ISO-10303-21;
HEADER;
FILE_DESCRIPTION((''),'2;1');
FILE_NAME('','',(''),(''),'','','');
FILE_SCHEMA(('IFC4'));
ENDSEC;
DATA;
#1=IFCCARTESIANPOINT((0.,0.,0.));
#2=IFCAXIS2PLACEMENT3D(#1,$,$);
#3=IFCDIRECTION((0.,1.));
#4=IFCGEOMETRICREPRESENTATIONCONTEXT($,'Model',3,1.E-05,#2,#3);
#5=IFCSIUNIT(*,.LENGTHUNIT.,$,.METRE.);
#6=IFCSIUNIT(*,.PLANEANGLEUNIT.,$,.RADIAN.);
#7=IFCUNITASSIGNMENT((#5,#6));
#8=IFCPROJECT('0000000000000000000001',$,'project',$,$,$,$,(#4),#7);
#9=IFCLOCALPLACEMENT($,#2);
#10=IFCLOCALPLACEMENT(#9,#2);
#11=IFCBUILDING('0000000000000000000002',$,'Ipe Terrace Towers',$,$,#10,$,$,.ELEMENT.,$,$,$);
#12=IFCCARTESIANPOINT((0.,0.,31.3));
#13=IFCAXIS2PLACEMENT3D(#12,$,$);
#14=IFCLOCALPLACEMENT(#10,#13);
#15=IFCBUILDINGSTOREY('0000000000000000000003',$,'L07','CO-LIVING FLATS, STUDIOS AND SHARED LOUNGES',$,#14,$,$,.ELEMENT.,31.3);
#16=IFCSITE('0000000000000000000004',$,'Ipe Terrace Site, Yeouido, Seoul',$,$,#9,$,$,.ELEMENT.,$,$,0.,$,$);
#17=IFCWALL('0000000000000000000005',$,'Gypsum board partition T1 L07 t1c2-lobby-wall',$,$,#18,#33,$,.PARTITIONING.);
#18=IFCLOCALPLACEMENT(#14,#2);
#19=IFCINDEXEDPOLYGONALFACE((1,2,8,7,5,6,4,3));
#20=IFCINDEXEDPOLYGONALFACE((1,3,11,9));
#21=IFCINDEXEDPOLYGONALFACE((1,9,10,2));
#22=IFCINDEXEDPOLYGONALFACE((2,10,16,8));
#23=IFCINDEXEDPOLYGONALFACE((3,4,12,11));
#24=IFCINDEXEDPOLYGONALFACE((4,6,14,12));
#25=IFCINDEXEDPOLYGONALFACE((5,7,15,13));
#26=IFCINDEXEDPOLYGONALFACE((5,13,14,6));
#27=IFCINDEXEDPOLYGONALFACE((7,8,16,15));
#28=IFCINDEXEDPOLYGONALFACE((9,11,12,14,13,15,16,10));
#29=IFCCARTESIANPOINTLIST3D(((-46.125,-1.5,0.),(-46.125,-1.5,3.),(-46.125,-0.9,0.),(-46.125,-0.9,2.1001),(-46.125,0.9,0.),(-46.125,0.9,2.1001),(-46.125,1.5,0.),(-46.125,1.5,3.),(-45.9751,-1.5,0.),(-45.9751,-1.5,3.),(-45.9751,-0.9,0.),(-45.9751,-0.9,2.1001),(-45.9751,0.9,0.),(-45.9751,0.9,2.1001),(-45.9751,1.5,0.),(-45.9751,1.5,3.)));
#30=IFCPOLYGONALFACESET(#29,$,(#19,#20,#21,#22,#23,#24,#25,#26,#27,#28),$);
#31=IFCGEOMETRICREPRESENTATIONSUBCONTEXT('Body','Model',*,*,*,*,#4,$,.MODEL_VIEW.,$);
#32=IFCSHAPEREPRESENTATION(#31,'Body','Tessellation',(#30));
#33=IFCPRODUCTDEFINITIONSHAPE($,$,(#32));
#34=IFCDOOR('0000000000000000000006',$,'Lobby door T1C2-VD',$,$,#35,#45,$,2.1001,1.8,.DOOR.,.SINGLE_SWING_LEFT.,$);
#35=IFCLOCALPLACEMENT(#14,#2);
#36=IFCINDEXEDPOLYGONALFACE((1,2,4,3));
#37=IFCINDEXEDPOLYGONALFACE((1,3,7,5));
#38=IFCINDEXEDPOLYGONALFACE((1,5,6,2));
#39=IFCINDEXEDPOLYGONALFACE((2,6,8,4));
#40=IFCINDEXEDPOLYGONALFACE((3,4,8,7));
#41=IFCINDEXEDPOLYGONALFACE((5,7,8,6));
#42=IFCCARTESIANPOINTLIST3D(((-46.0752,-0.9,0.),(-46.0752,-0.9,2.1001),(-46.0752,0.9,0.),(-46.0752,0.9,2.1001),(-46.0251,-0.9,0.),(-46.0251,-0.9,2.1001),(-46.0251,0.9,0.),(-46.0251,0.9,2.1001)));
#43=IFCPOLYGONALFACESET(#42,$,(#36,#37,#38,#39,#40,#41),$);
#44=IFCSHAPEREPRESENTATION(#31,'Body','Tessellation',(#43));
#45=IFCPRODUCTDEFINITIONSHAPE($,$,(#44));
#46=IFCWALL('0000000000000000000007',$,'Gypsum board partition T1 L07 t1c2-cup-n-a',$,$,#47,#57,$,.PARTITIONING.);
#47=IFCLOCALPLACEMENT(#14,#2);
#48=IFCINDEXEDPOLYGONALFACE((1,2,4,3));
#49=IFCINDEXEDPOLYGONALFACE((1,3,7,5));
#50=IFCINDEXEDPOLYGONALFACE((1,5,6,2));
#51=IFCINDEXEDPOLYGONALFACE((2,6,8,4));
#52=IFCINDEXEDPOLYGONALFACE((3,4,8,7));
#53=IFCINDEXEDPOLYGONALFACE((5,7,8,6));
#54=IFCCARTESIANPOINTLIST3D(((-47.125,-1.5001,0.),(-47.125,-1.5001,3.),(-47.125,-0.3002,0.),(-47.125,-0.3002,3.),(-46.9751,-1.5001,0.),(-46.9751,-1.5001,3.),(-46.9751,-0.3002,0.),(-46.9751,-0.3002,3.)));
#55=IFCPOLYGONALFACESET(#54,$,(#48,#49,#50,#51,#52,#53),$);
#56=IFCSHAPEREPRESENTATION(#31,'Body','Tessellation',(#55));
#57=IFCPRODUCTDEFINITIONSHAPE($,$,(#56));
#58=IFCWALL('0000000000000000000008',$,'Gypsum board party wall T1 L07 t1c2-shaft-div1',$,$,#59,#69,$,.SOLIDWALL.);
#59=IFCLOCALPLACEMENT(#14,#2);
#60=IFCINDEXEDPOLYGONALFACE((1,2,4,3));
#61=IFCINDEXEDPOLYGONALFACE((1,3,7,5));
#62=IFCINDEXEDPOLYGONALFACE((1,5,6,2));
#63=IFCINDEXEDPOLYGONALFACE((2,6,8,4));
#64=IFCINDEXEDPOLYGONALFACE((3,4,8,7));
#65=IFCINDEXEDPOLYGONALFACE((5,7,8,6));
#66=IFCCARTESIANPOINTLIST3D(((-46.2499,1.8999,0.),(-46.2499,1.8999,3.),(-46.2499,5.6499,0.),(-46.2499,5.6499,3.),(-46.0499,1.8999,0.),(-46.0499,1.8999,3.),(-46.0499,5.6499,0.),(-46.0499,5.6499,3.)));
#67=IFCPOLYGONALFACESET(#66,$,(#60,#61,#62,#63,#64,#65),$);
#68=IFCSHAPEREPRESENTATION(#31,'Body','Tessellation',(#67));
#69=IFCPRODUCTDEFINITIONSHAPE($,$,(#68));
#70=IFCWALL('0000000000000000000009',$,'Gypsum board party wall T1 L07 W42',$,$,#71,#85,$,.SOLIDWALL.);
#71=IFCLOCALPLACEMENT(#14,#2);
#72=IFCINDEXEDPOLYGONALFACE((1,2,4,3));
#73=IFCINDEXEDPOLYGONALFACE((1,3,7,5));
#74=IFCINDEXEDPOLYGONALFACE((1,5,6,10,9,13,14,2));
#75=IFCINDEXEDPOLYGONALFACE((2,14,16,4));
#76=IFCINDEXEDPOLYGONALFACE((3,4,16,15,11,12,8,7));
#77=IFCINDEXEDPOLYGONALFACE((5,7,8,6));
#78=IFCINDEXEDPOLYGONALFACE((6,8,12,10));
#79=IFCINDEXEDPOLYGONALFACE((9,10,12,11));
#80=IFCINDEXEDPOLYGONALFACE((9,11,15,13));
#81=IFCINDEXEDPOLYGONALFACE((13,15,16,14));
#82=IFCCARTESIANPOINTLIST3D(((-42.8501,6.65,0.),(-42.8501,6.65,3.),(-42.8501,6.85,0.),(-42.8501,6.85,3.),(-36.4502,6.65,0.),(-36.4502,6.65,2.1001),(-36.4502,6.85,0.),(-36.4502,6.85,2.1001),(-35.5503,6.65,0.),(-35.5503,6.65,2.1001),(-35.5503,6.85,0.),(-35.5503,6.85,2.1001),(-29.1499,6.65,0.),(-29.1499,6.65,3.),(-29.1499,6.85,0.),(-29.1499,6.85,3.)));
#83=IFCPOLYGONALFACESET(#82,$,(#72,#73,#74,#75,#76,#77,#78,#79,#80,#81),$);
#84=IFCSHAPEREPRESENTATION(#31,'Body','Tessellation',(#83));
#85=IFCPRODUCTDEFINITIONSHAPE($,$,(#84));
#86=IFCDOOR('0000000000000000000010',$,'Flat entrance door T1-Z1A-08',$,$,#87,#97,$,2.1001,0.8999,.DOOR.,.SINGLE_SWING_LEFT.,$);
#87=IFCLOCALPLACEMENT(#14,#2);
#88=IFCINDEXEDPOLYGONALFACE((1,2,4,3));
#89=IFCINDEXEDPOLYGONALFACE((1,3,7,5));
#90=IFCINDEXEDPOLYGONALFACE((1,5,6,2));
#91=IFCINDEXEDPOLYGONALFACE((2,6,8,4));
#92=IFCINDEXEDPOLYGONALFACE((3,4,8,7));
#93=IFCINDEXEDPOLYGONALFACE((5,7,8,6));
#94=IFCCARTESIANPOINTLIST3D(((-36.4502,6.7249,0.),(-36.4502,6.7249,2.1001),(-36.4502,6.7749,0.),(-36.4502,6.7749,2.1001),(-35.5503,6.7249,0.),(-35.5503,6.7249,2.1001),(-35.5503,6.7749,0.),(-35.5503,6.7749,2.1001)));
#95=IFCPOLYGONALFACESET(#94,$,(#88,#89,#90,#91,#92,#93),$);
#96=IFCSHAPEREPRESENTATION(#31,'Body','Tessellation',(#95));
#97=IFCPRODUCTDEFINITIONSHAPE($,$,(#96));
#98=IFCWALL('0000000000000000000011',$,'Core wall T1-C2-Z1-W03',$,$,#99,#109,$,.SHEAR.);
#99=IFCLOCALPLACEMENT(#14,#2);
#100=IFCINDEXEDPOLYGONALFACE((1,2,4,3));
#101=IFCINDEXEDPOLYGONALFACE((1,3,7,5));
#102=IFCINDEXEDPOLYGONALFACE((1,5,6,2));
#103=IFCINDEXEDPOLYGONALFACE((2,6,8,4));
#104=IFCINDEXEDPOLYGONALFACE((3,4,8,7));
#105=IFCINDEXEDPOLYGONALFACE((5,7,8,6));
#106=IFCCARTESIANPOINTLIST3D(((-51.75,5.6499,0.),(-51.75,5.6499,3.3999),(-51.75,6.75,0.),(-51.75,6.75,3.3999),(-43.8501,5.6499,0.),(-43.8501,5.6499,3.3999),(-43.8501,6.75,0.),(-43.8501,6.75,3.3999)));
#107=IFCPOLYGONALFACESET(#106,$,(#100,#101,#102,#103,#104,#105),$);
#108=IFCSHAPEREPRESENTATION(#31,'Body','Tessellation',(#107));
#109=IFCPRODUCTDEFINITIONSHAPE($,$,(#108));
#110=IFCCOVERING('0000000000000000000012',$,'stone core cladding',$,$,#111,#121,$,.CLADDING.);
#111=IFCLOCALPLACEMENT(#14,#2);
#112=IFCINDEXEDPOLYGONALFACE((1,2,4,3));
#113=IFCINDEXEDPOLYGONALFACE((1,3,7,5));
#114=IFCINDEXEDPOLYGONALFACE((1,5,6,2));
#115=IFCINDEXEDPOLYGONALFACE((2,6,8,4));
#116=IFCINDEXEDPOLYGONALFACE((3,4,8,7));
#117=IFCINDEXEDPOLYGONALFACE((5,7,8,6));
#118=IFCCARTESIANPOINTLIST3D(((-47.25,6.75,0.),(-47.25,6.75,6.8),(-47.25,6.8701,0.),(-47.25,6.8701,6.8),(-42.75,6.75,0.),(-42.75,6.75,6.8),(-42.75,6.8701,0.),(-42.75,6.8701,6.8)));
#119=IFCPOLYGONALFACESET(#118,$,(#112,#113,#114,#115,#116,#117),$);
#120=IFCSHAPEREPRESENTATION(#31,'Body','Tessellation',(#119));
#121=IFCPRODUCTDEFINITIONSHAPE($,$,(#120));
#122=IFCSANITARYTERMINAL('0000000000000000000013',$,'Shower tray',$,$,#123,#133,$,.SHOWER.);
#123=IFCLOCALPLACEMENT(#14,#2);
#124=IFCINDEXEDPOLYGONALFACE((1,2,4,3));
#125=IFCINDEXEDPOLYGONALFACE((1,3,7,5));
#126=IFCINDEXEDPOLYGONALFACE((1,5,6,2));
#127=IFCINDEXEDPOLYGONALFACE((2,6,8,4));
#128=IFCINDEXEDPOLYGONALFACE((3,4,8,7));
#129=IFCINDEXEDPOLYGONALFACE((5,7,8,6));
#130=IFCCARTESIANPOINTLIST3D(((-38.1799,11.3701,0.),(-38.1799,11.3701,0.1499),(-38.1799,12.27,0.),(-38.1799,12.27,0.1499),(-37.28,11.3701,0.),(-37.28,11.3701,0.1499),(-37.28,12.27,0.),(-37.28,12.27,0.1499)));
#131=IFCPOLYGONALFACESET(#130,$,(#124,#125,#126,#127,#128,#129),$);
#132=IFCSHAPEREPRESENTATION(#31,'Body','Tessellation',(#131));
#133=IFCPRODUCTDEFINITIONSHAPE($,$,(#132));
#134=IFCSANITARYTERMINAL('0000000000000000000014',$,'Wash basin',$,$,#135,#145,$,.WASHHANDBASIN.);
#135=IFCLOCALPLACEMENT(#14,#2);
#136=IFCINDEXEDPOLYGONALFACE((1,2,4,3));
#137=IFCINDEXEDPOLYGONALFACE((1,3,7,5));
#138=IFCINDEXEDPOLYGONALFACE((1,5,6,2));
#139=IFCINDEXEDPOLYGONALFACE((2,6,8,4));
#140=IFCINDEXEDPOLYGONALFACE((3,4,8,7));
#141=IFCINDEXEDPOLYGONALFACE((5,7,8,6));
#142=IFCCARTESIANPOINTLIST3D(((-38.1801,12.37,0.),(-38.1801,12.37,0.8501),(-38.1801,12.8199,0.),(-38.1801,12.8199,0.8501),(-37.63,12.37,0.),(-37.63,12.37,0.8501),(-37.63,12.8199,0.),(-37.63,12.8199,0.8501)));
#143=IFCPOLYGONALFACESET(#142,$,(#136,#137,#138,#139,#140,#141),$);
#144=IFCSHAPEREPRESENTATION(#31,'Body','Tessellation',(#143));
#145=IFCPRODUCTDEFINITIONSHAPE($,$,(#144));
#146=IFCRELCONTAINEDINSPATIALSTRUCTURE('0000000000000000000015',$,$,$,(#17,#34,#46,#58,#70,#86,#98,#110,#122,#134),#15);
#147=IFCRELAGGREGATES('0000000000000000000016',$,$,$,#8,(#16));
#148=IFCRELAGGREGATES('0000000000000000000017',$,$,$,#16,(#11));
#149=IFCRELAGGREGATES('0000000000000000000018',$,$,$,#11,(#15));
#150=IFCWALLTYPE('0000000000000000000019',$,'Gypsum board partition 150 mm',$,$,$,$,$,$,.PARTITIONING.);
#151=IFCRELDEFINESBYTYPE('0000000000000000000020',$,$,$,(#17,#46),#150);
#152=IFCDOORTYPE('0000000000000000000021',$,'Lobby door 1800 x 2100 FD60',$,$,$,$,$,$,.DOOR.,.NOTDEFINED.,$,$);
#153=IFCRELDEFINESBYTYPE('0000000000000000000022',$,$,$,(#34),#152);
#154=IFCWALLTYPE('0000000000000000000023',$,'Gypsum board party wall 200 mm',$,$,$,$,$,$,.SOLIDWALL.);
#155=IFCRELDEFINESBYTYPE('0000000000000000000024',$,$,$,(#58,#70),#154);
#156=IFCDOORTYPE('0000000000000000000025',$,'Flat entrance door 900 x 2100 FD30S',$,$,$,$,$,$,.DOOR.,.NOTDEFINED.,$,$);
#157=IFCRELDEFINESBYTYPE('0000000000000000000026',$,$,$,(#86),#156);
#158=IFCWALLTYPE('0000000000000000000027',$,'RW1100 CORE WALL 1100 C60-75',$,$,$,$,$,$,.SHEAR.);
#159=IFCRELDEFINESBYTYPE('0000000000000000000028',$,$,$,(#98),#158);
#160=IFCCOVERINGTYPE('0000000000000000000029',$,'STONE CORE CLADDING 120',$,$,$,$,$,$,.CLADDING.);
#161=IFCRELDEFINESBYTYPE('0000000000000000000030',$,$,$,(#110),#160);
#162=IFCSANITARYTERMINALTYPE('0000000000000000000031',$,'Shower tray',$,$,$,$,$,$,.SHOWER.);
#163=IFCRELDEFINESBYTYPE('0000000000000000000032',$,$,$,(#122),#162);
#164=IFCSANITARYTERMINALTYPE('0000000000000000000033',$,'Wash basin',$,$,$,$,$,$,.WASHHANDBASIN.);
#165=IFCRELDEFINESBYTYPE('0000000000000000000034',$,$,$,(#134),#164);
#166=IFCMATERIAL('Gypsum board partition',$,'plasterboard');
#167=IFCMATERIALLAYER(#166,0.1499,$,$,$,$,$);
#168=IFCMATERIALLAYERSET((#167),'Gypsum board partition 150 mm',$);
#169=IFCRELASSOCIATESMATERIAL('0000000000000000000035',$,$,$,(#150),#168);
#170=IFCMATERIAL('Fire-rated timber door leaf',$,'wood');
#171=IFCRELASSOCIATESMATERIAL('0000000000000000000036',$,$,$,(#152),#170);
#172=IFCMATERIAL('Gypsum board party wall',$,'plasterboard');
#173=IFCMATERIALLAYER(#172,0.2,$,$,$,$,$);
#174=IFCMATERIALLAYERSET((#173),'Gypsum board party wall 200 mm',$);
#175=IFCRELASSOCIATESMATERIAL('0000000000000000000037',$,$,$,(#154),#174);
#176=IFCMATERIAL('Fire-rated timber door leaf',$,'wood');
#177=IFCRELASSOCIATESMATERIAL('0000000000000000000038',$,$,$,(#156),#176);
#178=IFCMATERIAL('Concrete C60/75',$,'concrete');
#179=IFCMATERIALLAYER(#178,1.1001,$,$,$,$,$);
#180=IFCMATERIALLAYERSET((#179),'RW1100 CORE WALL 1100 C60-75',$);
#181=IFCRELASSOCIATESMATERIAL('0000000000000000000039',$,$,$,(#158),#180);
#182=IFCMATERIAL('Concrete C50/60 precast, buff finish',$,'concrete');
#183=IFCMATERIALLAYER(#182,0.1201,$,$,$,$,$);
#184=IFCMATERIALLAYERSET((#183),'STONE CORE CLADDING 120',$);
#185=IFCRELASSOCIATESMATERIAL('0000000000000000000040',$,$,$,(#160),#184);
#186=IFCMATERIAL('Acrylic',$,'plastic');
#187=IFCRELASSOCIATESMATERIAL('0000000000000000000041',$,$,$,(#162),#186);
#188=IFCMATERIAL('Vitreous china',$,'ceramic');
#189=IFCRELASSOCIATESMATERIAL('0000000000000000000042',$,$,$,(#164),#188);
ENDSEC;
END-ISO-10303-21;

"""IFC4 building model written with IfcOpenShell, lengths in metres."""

from ifc_helpers import new_model, si_unit, direction, frame, frame_2d, origin, origin_2d, place, context, subcontext, project, spatial, rectangle, extrude, material, layer, layer_set, type_object, element, fill, save


model = new_model("IFC4")

# Units and contexts
model_context = context("Model", 3, precision=1e-05, world=origin(), true_north=direction((0.0, 1.0)))
body_context = subcontext(model_context, "Body", "Model", "MODEL_VIEW")
ifc_project = project(units=[si_unit("LENGTHUNIT", "METRE"), si_unit("PLANEANGLEUNIT", "RADIAN")], contexts=[model_context])

# Site, building, storey
site_placement = place(None, origin())
site = spatial("IfcSite", under=ifc_project, at=site_placement, Name="Ipe Terrace Site, Yeouido, Seoul", CompositionType="ELEMENT", RefElevation=0.0)
building_placement = place(site_placement, origin())
building = spatial("IfcBuilding", under=site, at=building_placement, Name="Ipe Terrace Towers", CompositionType="ELEMENT")
storey_placement = place(building_placement, frame((0.0, 0.0, 31.3)))
storey = spatial("IfcBuildingStorey", under=building, at=storey_placement, Name="L07", Description="CO-LIVING FLATS, STUDIOS AND SHARED LOUNGES", CompositionType="ELEMENT", Elevation=31.3)

# Wall, opening, door
ifc_material_1 = material(Name="Gypsum board partition", Category="plasterboard")
ifc_layer_1 = layer(ifc_material_1, 0.1499)
ifc_layer_set_1 = layer_set([ifc_layer_1], Name="Gypsum board partition 150 mm")
wall_type_1 = type_object("IfcWallType", Name="Gypsum board partition 150 mm", PredefinedType="PARTITIONING", material=ifc_layer_set_1)
wall_1_placement = place(storey_placement, frame((-46.05, 1.5, 0.0), z_axis=(0.0, 0.0, 1.0), x_axis=(0.0, -1.0, 0.0)))
wall_1 = element("IfcWall", 1, at=wall_1_placement, inside=storey, type_object=wall_type_1, Name="Gypsum board partition T1 L07 t1c2-lobby-wall", PredefinedType="PARTITIONING", context=body_context, shape_type="SweptSolid", body=[
    extrude(rectangle(XDim=3.0, YDim=0.1499, at=frame_2d((1.5, 0.0))), origin(), (0.0, 0.0, 1.0), 3.0),
])
opening_1_placement = place(wall_1_placement, frame((0.6001, 0.0, 0.0)))
opening_1 = element("IfcOpeningElement", 2, at=opening_1_placement, cuts=wall_1, PredefinedType="OPENING", context=body_context, shape_type="SweptSolid", body=[
    extrude(rectangle(XDim=1.8, YDim=2.1001, at=frame_2d((0.8999, 1.05))), frame((0.0, 0.085, 0.0), z_axis=(0.0, -1.0, 0.0), x_axis=(1.0, 0.0, 0.0)), (0.0, 0.0, 1.0), 0.1699),
])
ifc_material_2 = material(Name="Fire-rated timber door leaf", Category="wood")
door_type_1 = type_object("IfcDoorType", Name="Lobby door 1800 x 2100 FD60", OperationType="NOTDEFINED", PredefinedType="DOOR", material=ifc_material_2)
door_1_placement = place(opening_1_placement, origin())
door_1 = element("IfcDoor", 3, at=door_1_placement, inside=storey, type_object=door_type_1, Name="Lobby door T1C2-VD", OperationType="SINGLE_SWING_LEFT", OverallHeight=2.1001, OverallWidth=1.8, PredefinedType="DOOR", context=body_context, shape_type="SweptSolid", body=[
    extrude(rectangle(XDim=1.8, YDim=2.1001, at=frame_2d((0.8999, 1.05))), frame((0.0, 0.0249, 0.0), z_axis=(0.0, -1.0, 0.0), x_axis=(1.0, 0.0, 0.0)), (0.0, 0.0, 1.0), 0.05),
])
fill(opening_1, door_1)

# Walls
wall_2_placement = place(storey_placement, frame((-47.05, -0.3, 0.0), z_axis=(0.0, 0.0, 1.0), x_axis=(0.0, -1.0, 0.0)))
element("IfcWall", 4, at=wall_2_placement, inside=storey, type_object=wall_type_1, Name="Gypsum board partition T1 L07 t1c2-cup-n-a", PredefinedType="PARTITIONING", context=body_context, shape_type="SweptSolid", body=[
    extrude(rectangle(XDim=1.2, YDim=0.1499, at=frame_2d((0.6001, 0.0))), origin(), (0.0, 0.0, 1.0), 3.0),
])
ifc_material_3 = material(Name="Gypsum board party wall", Category="plasterboard")
ifc_layer_2 = layer(ifc_material_3, 0.2)
ifc_layer_set_2 = layer_set([ifc_layer_2], Name="Gypsum board party wall 200 mm")
wall_type_2 = type_object("IfcWallType", Name="Gypsum board party wall 200 mm", PredefinedType="SOLIDWALL", material=ifc_layer_set_2)
wall_3_placement = place(storey_placement, frame((-46.1499, 5.6499, 0.0), z_axis=(0.0, 0.0, 1.0), x_axis=(0.0, -1.0, 0.0)))
element("IfcWall", 5, at=wall_3_placement, inside=storey, type_object=wall_type_2, Name="Gypsum board party wall T1 L07 t1c2-shaft-div1", PredefinedType="SOLIDWALL", context=body_context, shape_type="SweptSolid", body=[
    extrude(rectangle(XDim=3.75, YDim=0.2, at=frame_2d((1.875, 0.0))), origin(), (0.0, 0.0, 1.0), 3.0),
])

# Wall, opening, door
wall_4_placement = place(storey_placement, frame((-42.8501, 6.75, 0.0), z_axis=(0.0, 0.0, 1.0), x_axis=(1.0, 0.0, 0.0)))
wall_4 = element("IfcWall", 6, at=wall_4_placement, inside=storey, type_object=wall_type_2, Name="Gypsum board party wall T1 L07 W42", PredefinedType="SOLIDWALL", context=body_context, shape_type="SweptSolid", body=[
    extrude(rectangle(XDim=13.7002, YDim=0.2, at=frame_2d((6.8501, 0.0))), origin(), (0.0, 0.0, 1.0), 3.0),
])
opening_2_placement = place(wall_4_placement, frame((6.3999, 0.0, 0.0)))
opening_2 = element("IfcOpeningElement", 7, at=opening_2_placement, cuts=wall_4, PredefinedType="OPENING", context=body_context, shape_type="SweptSolid", body=[
    extrude(rectangle(XDim=0.8999, YDim=2.1001, at=frame_2d((0.45, 1.05))), frame((0.0, 0.1099, 0.0), z_axis=(0.0, -1.0, 0.0), x_axis=(1.0, 0.0, 0.0)), (0.0, 0.0, 1.0), 0.22),
])
ifc_material_4 = material(Name="Fire-rated timber door leaf", Category="wood")
door_type_2 = type_object("IfcDoorType", Name="Flat entrance door 900 x 2100 FD30S", OperationType="NOTDEFINED", PredefinedType="DOOR", material=ifc_material_4)
door_2_placement = place(opening_2_placement, origin())
door_2 = element("IfcDoor", 8, at=door_2_placement, inside=storey, type_object=door_type_2, Name="Flat entrance door T1-Z1A-08", OperationType="SINGLE_SWING_LEFT", OverallHeight=2.1001, OverallWidth=0.8999, PredefinedType="DOOR", context=body_context, shape_type="SweptSolid", body=[
    extrude(rectangle(XDim=0.8999, YDim=2.1001, at=frame_2d((0.45, 1.05))), frame((0.0, 0.0249, 0.0), z_axis=(0.0, -1.0, 0.0), x_axis=(1.0, 0.0, 0.0)), (0.0, 0.0, 1.0), 0.05),
])
fill(opening_2, door_2)

# Wall
ifc_material_5 = material(Name="Concrete C60/75", Category="concrete")
ifc_layer_3 = layer(ifc_material_5, 1.1001)
ifc_layer_set_3 = layer_set([ifc_layer_3], Name="RW1100 CORE WALL 1100 C60-75")
wall_type_3 = type_object("IfcWallType", Name="RW1100 CORE WALL 1100 C60-75", PredefinedType="SHEAR", material=ifc_layer_set_3)
wall_5_placement = place(storey_placement, frame((-43.8501, 6.2, 0.0), z_axis=(0.0, 0.0, 1.0), x_axis=(-1.0, 0.0, 0.0)))
element("IfcWall", 9, at=wall_5_placement, inside=storey, type_object=wall_type_3, Name="Core wall T1-C2-Z1-W03", PredefinedType="SHEAR", context=body_context, shape_type="SweptSolid", body=[
    extrude(rectangle(XDim=7.8999, YDim=1.1001, at=frame_2d((3.95, 0.0))), origin(), (0.0, 0.0, 1.0), 3.3999),
])

# Covering
ifc_material_6 = material(Name="Concrete C50/60 precast, buff finish", Category="concrete")
ifc_layer_4 = layer(ifc_material_6, 0.1201)
ifc_layer_set_4 = layer_set([ifc_layer_4], Name="STONE CORE CLADDING 120")
covering_type = type_object("IfcCoveringType", Name="STONE CORE CLADDING 120", PredefinedType="CLADDING", material=ifc_layer_set_4)
covering_placement = place(storey_placement, frame((-45.0, 6.8101, 0.0), z_axis=(0.0, 0.0, 1.0), x_axis=(-1.0, 0.0, 0.0)))
element("IfcCovering", 10, at=covering_placement, inside=storey, type_object=covering_type, Name="stone core cladding", PredefinedType="CLADDING", context=body_context, shape_type="SweptSolid", body=[
    extrude(rectangle(XDim=4.5, YDim=0.1201, at=origin_2d()), origin(), (0.0, 0.0, 1.0), 6.8),
])

# Sanitary terminals
ifc_material_7 = material(Name="Acrylic", Category="plastic")
sanitary_terminal_type_1 = type_object("IfcSanitaryTerminalType", Name="Shower tray", PredefinedType="SHOWER", material=ifc_material_7)
sanitary_terminal_1_placement = place(storey_placement, frame((-37.73, 11.8201, 0.0), z_axis=(0.0, 0.0, 1.0), x_axis=(1.0, 0.0, 0.0)))
element("IfcSanitaryTerminal", 11, at=sanitary_terminal_1_placement, inside=storey, type_object=sanitary_terminal_type_1, Name="Shower tray", PredefinedType="SHOWER", context=body_context, shape_type="SweptSolid", body=[
    extrude(rectangle(XDim=0.8999, YDim=0.8999, at=origin_2d()), origin(), (0.0, 0.0, 1.0), 0.1499),
])
ifc_material_8 = material(Name="Vitreous china", Category="ceramic")
sanitary_terminal_type_2 = type_object("IfcSanitaryTerminalType", Name="Wash basin", PredefinedType="WASHHANDBASIN", material=ifc_material_8)
sanitary_terminal_2_placement = place(storey_placement, frame((-37.905, 12.595, 0.0), z_axis=(0.0, 0.0, 1.0), x_axis=(1.0, 0.0, 0.0)))
element("IfcSanitaryTerminal", 12, at=sanitary_terminal_2_placement, inside=storey, type_object=sanitary_terminal_type_2, Name="Wash basin", PredefinedType="WASHHANDBASIN", context=body_context, shape_type="SweptSolid", body=[
    extrude(rectangle(XDim=0.55, YDim=0.45, at=origin_2d()), origin(), (0.0, 0.0, 1.0), 0.8501),
])

save(model, "model.ifc")
